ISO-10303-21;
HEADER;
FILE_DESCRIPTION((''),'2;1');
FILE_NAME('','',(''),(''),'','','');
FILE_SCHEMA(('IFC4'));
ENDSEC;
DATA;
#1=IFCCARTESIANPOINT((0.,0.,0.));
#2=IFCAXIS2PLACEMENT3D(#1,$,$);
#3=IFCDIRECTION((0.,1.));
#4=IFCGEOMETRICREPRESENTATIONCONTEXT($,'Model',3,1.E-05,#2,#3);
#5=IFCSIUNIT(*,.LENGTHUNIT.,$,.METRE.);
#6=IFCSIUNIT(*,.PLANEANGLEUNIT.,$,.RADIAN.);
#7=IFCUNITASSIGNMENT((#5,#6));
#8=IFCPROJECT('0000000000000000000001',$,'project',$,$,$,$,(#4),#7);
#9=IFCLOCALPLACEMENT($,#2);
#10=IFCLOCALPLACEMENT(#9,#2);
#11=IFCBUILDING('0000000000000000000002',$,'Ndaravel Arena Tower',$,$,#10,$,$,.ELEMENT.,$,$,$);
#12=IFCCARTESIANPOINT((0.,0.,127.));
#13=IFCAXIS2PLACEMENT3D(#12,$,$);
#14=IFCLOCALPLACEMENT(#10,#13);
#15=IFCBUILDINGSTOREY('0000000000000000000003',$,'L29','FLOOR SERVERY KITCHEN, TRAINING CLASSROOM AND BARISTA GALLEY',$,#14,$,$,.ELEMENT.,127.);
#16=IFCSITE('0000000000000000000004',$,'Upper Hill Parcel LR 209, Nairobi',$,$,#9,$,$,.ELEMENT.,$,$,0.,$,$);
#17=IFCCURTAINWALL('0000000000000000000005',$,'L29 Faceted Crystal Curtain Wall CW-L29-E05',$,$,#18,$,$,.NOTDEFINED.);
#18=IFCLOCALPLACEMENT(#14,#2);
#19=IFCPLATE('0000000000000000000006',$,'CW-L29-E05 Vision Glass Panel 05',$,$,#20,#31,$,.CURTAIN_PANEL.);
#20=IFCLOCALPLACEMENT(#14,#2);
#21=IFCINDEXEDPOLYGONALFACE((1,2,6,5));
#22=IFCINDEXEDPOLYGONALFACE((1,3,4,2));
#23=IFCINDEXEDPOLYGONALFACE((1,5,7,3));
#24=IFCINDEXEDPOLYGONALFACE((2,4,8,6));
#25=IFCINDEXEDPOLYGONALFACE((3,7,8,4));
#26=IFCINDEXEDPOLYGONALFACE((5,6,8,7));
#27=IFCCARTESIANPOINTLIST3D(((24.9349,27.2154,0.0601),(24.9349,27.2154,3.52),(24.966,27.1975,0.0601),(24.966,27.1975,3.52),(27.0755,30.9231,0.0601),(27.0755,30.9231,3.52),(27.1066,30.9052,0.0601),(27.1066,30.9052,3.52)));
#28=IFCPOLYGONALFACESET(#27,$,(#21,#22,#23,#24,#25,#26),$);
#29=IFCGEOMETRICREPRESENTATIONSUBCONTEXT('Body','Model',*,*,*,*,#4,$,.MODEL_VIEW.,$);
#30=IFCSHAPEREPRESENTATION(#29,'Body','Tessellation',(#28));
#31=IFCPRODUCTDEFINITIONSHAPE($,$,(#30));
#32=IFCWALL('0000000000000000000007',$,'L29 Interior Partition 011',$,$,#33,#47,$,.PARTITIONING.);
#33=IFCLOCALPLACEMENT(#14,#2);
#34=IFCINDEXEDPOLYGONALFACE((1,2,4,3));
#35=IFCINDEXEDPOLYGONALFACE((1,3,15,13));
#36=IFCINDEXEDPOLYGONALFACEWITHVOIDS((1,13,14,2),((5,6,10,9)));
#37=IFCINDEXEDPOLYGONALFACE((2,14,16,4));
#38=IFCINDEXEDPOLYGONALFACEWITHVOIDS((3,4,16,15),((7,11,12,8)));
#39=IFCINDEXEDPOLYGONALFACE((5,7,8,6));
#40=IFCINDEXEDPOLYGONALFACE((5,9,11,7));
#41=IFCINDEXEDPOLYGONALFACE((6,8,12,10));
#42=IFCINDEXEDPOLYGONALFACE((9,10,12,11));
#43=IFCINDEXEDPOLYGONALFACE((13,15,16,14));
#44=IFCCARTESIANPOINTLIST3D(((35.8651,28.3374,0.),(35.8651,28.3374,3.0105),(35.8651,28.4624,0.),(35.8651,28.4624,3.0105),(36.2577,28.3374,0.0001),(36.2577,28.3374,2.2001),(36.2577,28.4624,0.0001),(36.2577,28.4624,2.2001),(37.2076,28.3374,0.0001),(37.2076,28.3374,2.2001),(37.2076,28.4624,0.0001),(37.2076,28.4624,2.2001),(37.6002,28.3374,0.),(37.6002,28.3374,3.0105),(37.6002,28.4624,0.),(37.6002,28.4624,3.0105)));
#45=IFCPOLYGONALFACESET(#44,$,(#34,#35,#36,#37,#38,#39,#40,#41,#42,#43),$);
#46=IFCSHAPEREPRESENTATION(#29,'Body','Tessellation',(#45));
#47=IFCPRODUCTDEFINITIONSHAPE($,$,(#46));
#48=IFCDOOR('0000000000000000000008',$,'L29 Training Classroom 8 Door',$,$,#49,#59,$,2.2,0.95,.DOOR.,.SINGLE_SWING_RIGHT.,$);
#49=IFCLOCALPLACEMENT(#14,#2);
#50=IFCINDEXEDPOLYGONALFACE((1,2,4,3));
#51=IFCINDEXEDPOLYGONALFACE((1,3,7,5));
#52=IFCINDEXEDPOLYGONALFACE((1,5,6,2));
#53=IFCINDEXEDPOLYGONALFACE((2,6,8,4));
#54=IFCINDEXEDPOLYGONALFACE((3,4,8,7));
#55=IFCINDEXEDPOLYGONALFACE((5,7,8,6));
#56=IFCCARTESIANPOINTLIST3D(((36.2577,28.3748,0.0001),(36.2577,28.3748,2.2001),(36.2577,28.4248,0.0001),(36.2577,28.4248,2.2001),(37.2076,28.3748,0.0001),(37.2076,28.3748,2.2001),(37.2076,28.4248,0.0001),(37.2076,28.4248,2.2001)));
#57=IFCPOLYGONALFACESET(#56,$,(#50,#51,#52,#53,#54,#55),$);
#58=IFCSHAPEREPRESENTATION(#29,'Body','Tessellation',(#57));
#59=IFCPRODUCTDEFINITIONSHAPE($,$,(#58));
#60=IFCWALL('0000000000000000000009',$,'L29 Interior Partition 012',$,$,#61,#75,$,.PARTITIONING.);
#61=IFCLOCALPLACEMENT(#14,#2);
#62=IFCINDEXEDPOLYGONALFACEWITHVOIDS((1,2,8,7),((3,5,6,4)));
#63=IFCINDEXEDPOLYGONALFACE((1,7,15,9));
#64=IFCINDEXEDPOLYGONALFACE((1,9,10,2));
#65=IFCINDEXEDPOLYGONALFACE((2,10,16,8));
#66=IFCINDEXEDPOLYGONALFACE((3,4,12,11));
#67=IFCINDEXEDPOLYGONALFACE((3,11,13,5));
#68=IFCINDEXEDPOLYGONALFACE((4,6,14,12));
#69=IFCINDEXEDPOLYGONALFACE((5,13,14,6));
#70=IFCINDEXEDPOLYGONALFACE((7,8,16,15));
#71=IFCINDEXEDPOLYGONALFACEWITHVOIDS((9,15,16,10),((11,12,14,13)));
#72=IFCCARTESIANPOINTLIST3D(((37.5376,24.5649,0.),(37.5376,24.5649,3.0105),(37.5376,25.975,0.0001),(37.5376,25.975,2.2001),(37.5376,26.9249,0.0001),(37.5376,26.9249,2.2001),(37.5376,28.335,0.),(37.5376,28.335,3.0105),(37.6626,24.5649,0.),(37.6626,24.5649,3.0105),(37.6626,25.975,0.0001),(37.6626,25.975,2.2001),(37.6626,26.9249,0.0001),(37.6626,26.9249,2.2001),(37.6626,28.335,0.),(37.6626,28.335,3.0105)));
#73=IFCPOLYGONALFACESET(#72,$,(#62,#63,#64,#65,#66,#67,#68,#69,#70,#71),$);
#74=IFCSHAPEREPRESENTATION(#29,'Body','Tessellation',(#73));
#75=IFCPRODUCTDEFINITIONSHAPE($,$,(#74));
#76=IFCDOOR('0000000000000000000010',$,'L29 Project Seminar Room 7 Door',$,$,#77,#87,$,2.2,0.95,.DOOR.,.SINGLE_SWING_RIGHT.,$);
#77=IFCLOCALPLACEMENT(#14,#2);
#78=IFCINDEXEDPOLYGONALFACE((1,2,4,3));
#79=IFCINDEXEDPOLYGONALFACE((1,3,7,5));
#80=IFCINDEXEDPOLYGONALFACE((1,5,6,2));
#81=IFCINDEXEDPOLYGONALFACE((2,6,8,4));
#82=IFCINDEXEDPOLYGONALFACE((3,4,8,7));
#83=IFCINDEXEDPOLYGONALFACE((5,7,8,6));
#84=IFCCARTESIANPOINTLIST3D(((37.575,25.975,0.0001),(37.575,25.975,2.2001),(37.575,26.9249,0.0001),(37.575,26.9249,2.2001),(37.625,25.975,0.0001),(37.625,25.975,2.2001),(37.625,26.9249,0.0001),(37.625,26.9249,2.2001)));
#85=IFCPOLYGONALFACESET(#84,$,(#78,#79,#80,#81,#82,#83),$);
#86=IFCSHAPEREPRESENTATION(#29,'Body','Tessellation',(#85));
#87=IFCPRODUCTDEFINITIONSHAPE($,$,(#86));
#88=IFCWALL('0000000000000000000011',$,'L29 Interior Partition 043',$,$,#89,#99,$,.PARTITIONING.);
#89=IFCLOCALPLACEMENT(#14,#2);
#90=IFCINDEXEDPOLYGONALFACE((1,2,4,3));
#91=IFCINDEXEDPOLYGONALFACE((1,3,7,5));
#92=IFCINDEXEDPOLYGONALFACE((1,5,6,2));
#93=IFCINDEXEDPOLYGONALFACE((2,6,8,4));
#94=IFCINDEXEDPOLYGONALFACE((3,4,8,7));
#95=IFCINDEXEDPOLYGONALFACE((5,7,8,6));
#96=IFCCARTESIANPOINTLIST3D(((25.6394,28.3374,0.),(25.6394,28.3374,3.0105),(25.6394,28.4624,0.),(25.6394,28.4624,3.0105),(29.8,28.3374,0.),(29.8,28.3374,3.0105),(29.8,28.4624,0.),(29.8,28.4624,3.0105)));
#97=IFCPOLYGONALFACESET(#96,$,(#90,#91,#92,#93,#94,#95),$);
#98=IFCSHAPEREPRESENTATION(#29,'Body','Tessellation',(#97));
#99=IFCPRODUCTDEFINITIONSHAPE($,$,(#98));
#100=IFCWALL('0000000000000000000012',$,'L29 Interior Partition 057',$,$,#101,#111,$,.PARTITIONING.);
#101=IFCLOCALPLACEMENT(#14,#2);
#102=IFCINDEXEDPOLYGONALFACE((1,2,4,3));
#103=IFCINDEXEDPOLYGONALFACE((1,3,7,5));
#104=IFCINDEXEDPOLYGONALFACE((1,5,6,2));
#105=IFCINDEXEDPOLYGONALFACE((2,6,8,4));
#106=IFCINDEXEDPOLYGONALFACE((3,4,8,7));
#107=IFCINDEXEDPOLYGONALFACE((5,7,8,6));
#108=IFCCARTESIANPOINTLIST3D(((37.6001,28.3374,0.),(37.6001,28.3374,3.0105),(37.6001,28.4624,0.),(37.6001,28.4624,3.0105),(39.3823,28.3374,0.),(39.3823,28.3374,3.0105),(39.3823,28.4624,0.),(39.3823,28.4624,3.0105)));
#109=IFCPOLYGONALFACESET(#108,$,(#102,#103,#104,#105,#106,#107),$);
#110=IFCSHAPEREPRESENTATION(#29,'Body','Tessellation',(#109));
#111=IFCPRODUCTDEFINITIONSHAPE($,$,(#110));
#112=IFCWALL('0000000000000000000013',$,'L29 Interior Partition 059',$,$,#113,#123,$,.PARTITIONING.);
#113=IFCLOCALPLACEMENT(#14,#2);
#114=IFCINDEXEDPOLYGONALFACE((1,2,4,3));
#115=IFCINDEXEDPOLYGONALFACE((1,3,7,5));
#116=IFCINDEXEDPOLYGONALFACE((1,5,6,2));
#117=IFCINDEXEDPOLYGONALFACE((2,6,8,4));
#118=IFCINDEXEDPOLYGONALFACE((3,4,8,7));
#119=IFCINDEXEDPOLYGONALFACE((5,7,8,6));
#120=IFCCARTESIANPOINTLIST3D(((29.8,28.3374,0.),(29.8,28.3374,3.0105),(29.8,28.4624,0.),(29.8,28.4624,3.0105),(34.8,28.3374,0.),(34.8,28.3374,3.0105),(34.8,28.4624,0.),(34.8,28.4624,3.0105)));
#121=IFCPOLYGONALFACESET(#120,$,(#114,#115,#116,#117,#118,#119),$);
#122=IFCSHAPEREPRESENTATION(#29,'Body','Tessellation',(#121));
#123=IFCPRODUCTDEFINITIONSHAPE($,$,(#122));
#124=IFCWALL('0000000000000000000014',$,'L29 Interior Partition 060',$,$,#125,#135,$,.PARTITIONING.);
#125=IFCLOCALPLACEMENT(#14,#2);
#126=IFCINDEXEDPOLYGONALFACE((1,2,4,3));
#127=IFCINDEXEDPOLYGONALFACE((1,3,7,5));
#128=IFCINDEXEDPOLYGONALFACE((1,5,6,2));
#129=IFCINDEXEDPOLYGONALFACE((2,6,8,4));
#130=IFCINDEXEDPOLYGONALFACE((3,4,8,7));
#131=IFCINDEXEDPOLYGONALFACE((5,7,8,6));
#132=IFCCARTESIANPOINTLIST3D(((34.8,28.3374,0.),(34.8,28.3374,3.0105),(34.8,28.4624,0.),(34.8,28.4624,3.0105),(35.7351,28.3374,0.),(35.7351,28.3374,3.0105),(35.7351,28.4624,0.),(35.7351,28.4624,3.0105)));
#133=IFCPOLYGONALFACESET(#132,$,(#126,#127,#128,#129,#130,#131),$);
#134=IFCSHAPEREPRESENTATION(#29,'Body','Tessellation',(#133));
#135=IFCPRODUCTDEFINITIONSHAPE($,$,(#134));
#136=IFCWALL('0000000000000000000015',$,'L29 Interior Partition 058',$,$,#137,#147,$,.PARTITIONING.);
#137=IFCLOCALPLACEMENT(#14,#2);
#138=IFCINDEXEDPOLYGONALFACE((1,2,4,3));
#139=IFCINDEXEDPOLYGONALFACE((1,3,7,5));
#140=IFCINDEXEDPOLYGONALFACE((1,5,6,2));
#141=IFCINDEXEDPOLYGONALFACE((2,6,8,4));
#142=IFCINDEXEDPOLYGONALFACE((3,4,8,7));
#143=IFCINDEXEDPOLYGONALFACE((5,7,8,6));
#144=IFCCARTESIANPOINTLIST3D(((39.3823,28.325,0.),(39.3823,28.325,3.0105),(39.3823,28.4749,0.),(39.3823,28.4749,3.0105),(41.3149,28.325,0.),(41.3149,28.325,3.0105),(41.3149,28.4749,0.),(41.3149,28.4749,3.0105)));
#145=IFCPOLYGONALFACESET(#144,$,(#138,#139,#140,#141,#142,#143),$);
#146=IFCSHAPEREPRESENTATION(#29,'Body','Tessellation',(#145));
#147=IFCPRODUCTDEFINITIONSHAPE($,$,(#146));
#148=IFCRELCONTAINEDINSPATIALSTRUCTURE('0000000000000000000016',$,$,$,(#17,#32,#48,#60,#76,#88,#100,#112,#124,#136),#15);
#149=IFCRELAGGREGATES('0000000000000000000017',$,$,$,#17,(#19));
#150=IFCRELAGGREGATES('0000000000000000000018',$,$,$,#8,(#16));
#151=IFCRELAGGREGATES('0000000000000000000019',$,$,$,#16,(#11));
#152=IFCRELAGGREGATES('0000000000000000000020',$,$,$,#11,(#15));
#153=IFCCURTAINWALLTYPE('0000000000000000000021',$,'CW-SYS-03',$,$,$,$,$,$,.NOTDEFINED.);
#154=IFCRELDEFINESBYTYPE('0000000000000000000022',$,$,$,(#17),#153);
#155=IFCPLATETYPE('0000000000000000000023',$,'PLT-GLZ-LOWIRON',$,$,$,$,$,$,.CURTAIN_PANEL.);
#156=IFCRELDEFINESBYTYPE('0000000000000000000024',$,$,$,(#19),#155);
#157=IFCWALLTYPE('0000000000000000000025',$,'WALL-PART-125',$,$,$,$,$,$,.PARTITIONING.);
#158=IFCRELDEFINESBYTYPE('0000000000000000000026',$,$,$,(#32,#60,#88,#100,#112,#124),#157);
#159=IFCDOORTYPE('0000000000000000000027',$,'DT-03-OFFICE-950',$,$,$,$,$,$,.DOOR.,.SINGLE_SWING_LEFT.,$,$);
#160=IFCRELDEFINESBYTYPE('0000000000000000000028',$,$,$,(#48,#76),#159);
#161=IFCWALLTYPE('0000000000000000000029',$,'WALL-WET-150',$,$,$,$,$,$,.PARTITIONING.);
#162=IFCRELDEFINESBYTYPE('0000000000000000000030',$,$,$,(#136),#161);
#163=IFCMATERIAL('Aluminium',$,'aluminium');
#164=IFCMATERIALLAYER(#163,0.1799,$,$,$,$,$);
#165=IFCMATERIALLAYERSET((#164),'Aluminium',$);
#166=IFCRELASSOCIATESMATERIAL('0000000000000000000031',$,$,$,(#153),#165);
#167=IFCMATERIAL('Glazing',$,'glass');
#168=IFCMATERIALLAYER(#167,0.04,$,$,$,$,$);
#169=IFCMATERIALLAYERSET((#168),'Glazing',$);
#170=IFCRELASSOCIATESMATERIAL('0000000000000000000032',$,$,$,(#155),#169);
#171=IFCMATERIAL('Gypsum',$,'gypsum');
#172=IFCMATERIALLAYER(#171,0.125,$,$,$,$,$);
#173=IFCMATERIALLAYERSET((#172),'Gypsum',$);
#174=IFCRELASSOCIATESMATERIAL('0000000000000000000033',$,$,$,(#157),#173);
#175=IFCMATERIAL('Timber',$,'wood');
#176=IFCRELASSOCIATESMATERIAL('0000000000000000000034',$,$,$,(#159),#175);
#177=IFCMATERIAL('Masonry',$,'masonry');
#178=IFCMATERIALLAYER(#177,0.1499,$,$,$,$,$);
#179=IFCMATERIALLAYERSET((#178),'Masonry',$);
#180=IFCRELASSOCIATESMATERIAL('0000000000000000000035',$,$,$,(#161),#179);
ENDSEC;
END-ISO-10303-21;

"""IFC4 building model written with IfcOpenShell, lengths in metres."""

from ifc_helpers import new_model, si_unit, direction, frame, frame_2d, origin, origin_2d, place, context, subcontext, project, spatial, rectangle, extrude, material, layer, layer_set, type_object, element, fill, aggregate, save


model = new_model("IFC4")

# Units and contexts
model_context = context("Model", 3, precision=1e-05, world=origin(), true_north=direction((0.0, 1.0)))
body_context = subcontext(model_context, "Body", "Model", "MODEL_VIEW")
ifc_project = project(units=[si_unit("LENGTHUNIT", "METRE"), si_unit("PLANEANGLEUNIT", "RADIAN")], contexts=[model_context])

# Site, building, storey
site_placement = place(None, origin())
site = spatial("IfcSite", under=ifc_project, at=site_placement, Name="Upper Hill Parcel LR 209, Nairobi", CompositionType="ELEMENT", RefElevation=0.0)
building_placement = place(site_placement, origin())
building = spatial("IfcBuilding", under=site, at=building_placement, Name="Ndaravel Arena Tower", CompositionType="ELEMENT")
storey_placement = place(building_placement, frame((0.0, 0.0, 127.0)))
storey = spatial("IfcBuildingStorey", under=building, at=storey_placement, Name="L29", Description="FLOOR SERVERY KITCHEN, TRAINING CLASSROOM AND BARISTA GALLEY", CompositionType="ELEMENT", Elevation=127.0)

# Curtain wall, plate
ifc_material_1 = material(Name="Aluminium", Category="aluminium")
ifc_layer_1 = layer(ifc_material_1, 0.1799)
ifc_layer_set_1 = layer_set([ifc_layer_1], Name="Aluminium")
curtain_wall_type = type_object("IfcCurtainWallType", Name="CW-SYS-03", PredefinedType="NOTDEFINED", material=ifc_layer_set_1)
curtain_wall_placement = place(storey_placement, origin())
curtain_wall = element("IfcCurtainWall", 1, at=curtain_wall_placement, inside=storey, type_object=curtain_wall_type, Name="L29 Faceted Crystal Curtain Wall CW-L29-E05", PredefinedType="NOTDEFINED")
ifc_material_2 = material(Name="Glazing", Category="glass")
ifc_layer_2 = layer(ifc_material_2, 0.04)
ifc_layer_set_2 = layer_set([ifc_layer_2], Name="Glazing")
plate_type = type_object("IfcPlateType", Name="PLT-GLZ-LOWIRON", PredefinedType="CURTAIN_PANEL", material=ifc_layer_set_2)
plate_1_placement = place(storey_placement, frame((26.0208, 29.0603, 0.0601), z_axis=(0.0, 0.0, 1.0), x_axis=(-0.5, -0.866025, 0.0)))
plate_1 = element("IfcPlate", 2, at=plate_1_placement, type_object=plate_type, Name="CW-L29-E05 Vision Glass Panel 05", PredefinedType="CURTAIN_PANEL", context=body_context, shape_type="SweptSolid", body=[
    extrude(rectangle(XDim=4.2812, YDim=0.0359, at=origin_2d()), origin(), (0.0, 0.0, 1.0), 3.46),
])
aggregate(curtain_wall, [plate_1])

# Walls, openings, doors
ifc_material_3 = material(Name="Gypsum", Category="gypsum")
ifc_layer_3 = layer(ifc_material_3, 0.125)
ifc_layer_set_3 = layer_set([ifc_layer_3], Name="Gypsum")
wall_type_1 = type_object("IfcWallType", Name="WALL-PART-125", PredefinedType="PARTITIONING", material=ifc_layer_set_3)
wall_1_placement = place(storey_placement, frame((35.865, 28.3999, 0.0), z_axis=(0.0, 0.0, 1.0), x_axis=(1.0, 0.0, 0.0)))
wall_1 = element("IfcWall", 3, at=wall_1_placement, inside=storey, type_object=wall_type_1, Name="L29 Interior Partition 011", PredefinedType="PARTITIONING", context=body_context, shape_type="SweptSolid", body=[
    extrude(rectangle(XDim=1.7351, YDim=0.125, at=frame_2d((0.8677, 0.0))), origin(), (0.0, 0.0, 1.0), 3.0105),
])
opening_1_placement = place(wall_1_placement, frame((0.3926, 0.0, 0.0)))
opening_1 = element("IfcOpeningElement", 4, at=opening_1_placement, cuts=wall_1, PredefinedType="OPENING", context=body_context, shape_type="SweptSolid", body=[
    extrude(rectangle(XDim=0.95, YDim=2.2, at=frame_2d((0.4751, 1.1001))), frame((0.0, 0.0625, 0.0), z_axis=(0.0, -1.0, 0.0), x_axis=(1.0, 0.0, 0.0)), (0.0, 0.0, 1.0), 0.125),
])
ifc_material_4 = material(Name="Timber", Category="wood")
door_type = type_object("IfcDoorType", Name="DT-03-OFFICE-950", OperationType="SINGLE_SWING_LEFT", PredefinedType="DOOR", material=ifc_material_4)
door_1_placement = place(opening_1_placement, origin())
door_1 = element("IfcDoor", 5, at=door_1_placement, inside=storey, type_object=door_type, Name="L29 Training Classroom 8 Door", OperationType="SINGLE_SWING_RIGHT", OverallHeight=2.2, OverallWidth=0.95, PredefinedType="DOOR", context=body_context, shape_type="SweptSolid", body=[
    extrude(rectangle(XDim=0.95, YDim=2.2, at=frame_2d((0.4751, 1.1001))), frame((0.0, 0.0249, 0.0), z_axis=(0.0, -1.0, 0.0), x_axis=(1.0, 0.0, 0.0)), (0.0, 0.0, 1.0), 0.05),
])
fill(opening_1, door_1)
wall_2_placement = place(storey_placement, frame((37.6001, 28.335, 0.0), z_axis=(0.0, 0.0, 1.0), x_axis=(0.0, -1.0, 0.0)))
wall_2 = element("IfcWall", 6, at=wall_2_placement, inside=storey, type_object=wall_type_1, Name="L29 Interior Partition 012", PredefinedType="PARTITIONING", context=body_context, shape_type="SweptSolid", body=[
    extrude(rectangle(XDim=3.77, YDim=0.125, at=frame_2d((1.885, 0.0))), origin(), (0.0, 0.0, 1.0), 3.0105),
])
opening_2_placement = place(wall_2_placement, frame((1.4099, 0.0, 0.0)))
opening_2 = element("IfcOpeningElement", 7, at=opening_2_placement, cuts=wall_2, PredefinedType="OPENING", context=body_context, shape_type="SweptSolid", body=[
    extrude(rectangle(XDim=0.95, YDim=2.2, at=frame_2d((0.4751, 1.1001))), frame((0.0, 0.0625, 0.0), z_axis=(0.0, -1.0, 0.0), x_axis=(1.0, 0.0, 0.0)), (0.0, 0.0, 1.0), 0.125),
])
door_2_placement = place(opening_2_placement, origin())
door_2 = element("IfcDoor", 8, at=door_2_placement, inside=storey, type_object=door_type, Name="L29 Project Seminar Room 7 Door", OperationType="SINGLE_SWING_RIGHT", OverallHeight=2.2, OverallWidth=0.95, PredefinedType="DOOR", context=body_context, shape_type="SweptSolid", body=[
    extrude(rectangle(XDim=0.95, YDim=2.2, at=frame_2d((0.4751, 1.1001))), frame((0.0, 0.0249, 0.0), z_axis=(0.0, -1.0, 0.0), x_axis=(1.0, 0.0, 0.0)), (0.0, 0.0, 1.0), 0.05),
])
fill(opening_2, door_2)

# Walls
wall_3_placement = place(storey_placement, frame((25.6394, 28.3999, 0.0), z_axis=(0.0, 0.0, 1.0), x_axis=(1.0, 0.0, 0.0)))
element("IfcWall", 9, at=wall_3_placement, inside=storey, type_object=wall_type_1, Name="L29 Interior Partition 043", PredefinedType="PARTITIONING", context=body_context, shape_type="SweptSolid", body=[
    extrude(rectangle(XDim=4.1606, YDim=0.125, at=frame_2d((2.0803, 0.0))), origin(), (0.0, 0.0, 1.0), 3.0105),
])
wall_4_placement = place(storey_placement, frame((37.6001, 28.3999, 0.0), z_axis=(0.0, 0.0, 1.0), x_axis=(1.0, 0.0, 0.0)))
element("IfcWall", 10, at=wall_4_placement, inside=storey, type_object=wall_type_1, Name="L29 Interior Partition 057", PredefinedType="PARTITIONING", context=body_context, shape_type="SweptSolid", body=[
    extrude(rectangle(XDim=1.7822, YDim=0.125, at=frame_2d((0.8911, 0.0))), origin(), (0.0, 0.0, 1.0), 3.0105),
])
wall_5_placement = place(storey_placement, frame((29.8, 28.3999, 0.0), z_axis=(0.0, 0.0, 1.0), x_axis=(1.0, 0.0, 0.0)))
element("IfcWall", 11, at=wall_5_placement, inside=storey, type_object=wall_type_1, Name="L29 Interior Partition 059", PredefinedType="PARTITIONING", context=body_context, shape_type="SweptSolid", body=[
    extrude(rectangle(XDim=5.0, YDim=0.125, at=frame_2d((2.5, 0.0))), origin(), (0.0, 0.0, 1.0), 3.0105),
])
wall_6_placement = place(storey_placement, frame((34.8, 28.3999, 0.0), z_axis=(0.0, 0.0, 1.0), x_axis=(1.0, 0.0, 0.0)))
element("IfcWall", 12, at=wall_6_placement, inside=storey, type_object=wall_type_1, Name="L29 Interior Partition 060", PredefinedType="PARTITIONING", context=body_context, shape_type="SweptSolid", body=[
    extrude(rectangle(XDim=0.9351, YDim=0.125, at=frame_2d((0.4675, 0.0))), origin(), (0.0, 0.0, 1.0), 3.0105),
])
ifc_material_5 = material(Name="Masonry", Category="masonry")
ifc_layer_4 = layer(ifc_material_5, 0.1499)
ifc_layer_set_4 = layer_set([ifc_layer_4], Name="Masonry")
wall_type_2 = type_object("IfcWallType", Name="WALL-WET-150", PredefinedType="PARTITIONING", material=ifc_layer_set_4)
wall_7_placement = place(storey_placement, frame((39.3823, 28.3999, 0.0), z_axis=(0.0, 0.0, 1.0), x_axis=(1.0, 0.0, 0.0)))
element("IfcWall", 13, at=wall_7_placement, inside=storey, type_object=wall_type_2, Name="L29 Interior Partition 058", PredefinedType="PARTITIONING", context=body_context, shape_type="SweptSolid", body=[
    extrude(rectangle(XDim=1.9326, YDim=0.1499, at=frame_2d((0.9663, 0.0))), origin(), (0.0, 0.0, 1.0), 3.0105),
])

save(model, "model.ifc")
